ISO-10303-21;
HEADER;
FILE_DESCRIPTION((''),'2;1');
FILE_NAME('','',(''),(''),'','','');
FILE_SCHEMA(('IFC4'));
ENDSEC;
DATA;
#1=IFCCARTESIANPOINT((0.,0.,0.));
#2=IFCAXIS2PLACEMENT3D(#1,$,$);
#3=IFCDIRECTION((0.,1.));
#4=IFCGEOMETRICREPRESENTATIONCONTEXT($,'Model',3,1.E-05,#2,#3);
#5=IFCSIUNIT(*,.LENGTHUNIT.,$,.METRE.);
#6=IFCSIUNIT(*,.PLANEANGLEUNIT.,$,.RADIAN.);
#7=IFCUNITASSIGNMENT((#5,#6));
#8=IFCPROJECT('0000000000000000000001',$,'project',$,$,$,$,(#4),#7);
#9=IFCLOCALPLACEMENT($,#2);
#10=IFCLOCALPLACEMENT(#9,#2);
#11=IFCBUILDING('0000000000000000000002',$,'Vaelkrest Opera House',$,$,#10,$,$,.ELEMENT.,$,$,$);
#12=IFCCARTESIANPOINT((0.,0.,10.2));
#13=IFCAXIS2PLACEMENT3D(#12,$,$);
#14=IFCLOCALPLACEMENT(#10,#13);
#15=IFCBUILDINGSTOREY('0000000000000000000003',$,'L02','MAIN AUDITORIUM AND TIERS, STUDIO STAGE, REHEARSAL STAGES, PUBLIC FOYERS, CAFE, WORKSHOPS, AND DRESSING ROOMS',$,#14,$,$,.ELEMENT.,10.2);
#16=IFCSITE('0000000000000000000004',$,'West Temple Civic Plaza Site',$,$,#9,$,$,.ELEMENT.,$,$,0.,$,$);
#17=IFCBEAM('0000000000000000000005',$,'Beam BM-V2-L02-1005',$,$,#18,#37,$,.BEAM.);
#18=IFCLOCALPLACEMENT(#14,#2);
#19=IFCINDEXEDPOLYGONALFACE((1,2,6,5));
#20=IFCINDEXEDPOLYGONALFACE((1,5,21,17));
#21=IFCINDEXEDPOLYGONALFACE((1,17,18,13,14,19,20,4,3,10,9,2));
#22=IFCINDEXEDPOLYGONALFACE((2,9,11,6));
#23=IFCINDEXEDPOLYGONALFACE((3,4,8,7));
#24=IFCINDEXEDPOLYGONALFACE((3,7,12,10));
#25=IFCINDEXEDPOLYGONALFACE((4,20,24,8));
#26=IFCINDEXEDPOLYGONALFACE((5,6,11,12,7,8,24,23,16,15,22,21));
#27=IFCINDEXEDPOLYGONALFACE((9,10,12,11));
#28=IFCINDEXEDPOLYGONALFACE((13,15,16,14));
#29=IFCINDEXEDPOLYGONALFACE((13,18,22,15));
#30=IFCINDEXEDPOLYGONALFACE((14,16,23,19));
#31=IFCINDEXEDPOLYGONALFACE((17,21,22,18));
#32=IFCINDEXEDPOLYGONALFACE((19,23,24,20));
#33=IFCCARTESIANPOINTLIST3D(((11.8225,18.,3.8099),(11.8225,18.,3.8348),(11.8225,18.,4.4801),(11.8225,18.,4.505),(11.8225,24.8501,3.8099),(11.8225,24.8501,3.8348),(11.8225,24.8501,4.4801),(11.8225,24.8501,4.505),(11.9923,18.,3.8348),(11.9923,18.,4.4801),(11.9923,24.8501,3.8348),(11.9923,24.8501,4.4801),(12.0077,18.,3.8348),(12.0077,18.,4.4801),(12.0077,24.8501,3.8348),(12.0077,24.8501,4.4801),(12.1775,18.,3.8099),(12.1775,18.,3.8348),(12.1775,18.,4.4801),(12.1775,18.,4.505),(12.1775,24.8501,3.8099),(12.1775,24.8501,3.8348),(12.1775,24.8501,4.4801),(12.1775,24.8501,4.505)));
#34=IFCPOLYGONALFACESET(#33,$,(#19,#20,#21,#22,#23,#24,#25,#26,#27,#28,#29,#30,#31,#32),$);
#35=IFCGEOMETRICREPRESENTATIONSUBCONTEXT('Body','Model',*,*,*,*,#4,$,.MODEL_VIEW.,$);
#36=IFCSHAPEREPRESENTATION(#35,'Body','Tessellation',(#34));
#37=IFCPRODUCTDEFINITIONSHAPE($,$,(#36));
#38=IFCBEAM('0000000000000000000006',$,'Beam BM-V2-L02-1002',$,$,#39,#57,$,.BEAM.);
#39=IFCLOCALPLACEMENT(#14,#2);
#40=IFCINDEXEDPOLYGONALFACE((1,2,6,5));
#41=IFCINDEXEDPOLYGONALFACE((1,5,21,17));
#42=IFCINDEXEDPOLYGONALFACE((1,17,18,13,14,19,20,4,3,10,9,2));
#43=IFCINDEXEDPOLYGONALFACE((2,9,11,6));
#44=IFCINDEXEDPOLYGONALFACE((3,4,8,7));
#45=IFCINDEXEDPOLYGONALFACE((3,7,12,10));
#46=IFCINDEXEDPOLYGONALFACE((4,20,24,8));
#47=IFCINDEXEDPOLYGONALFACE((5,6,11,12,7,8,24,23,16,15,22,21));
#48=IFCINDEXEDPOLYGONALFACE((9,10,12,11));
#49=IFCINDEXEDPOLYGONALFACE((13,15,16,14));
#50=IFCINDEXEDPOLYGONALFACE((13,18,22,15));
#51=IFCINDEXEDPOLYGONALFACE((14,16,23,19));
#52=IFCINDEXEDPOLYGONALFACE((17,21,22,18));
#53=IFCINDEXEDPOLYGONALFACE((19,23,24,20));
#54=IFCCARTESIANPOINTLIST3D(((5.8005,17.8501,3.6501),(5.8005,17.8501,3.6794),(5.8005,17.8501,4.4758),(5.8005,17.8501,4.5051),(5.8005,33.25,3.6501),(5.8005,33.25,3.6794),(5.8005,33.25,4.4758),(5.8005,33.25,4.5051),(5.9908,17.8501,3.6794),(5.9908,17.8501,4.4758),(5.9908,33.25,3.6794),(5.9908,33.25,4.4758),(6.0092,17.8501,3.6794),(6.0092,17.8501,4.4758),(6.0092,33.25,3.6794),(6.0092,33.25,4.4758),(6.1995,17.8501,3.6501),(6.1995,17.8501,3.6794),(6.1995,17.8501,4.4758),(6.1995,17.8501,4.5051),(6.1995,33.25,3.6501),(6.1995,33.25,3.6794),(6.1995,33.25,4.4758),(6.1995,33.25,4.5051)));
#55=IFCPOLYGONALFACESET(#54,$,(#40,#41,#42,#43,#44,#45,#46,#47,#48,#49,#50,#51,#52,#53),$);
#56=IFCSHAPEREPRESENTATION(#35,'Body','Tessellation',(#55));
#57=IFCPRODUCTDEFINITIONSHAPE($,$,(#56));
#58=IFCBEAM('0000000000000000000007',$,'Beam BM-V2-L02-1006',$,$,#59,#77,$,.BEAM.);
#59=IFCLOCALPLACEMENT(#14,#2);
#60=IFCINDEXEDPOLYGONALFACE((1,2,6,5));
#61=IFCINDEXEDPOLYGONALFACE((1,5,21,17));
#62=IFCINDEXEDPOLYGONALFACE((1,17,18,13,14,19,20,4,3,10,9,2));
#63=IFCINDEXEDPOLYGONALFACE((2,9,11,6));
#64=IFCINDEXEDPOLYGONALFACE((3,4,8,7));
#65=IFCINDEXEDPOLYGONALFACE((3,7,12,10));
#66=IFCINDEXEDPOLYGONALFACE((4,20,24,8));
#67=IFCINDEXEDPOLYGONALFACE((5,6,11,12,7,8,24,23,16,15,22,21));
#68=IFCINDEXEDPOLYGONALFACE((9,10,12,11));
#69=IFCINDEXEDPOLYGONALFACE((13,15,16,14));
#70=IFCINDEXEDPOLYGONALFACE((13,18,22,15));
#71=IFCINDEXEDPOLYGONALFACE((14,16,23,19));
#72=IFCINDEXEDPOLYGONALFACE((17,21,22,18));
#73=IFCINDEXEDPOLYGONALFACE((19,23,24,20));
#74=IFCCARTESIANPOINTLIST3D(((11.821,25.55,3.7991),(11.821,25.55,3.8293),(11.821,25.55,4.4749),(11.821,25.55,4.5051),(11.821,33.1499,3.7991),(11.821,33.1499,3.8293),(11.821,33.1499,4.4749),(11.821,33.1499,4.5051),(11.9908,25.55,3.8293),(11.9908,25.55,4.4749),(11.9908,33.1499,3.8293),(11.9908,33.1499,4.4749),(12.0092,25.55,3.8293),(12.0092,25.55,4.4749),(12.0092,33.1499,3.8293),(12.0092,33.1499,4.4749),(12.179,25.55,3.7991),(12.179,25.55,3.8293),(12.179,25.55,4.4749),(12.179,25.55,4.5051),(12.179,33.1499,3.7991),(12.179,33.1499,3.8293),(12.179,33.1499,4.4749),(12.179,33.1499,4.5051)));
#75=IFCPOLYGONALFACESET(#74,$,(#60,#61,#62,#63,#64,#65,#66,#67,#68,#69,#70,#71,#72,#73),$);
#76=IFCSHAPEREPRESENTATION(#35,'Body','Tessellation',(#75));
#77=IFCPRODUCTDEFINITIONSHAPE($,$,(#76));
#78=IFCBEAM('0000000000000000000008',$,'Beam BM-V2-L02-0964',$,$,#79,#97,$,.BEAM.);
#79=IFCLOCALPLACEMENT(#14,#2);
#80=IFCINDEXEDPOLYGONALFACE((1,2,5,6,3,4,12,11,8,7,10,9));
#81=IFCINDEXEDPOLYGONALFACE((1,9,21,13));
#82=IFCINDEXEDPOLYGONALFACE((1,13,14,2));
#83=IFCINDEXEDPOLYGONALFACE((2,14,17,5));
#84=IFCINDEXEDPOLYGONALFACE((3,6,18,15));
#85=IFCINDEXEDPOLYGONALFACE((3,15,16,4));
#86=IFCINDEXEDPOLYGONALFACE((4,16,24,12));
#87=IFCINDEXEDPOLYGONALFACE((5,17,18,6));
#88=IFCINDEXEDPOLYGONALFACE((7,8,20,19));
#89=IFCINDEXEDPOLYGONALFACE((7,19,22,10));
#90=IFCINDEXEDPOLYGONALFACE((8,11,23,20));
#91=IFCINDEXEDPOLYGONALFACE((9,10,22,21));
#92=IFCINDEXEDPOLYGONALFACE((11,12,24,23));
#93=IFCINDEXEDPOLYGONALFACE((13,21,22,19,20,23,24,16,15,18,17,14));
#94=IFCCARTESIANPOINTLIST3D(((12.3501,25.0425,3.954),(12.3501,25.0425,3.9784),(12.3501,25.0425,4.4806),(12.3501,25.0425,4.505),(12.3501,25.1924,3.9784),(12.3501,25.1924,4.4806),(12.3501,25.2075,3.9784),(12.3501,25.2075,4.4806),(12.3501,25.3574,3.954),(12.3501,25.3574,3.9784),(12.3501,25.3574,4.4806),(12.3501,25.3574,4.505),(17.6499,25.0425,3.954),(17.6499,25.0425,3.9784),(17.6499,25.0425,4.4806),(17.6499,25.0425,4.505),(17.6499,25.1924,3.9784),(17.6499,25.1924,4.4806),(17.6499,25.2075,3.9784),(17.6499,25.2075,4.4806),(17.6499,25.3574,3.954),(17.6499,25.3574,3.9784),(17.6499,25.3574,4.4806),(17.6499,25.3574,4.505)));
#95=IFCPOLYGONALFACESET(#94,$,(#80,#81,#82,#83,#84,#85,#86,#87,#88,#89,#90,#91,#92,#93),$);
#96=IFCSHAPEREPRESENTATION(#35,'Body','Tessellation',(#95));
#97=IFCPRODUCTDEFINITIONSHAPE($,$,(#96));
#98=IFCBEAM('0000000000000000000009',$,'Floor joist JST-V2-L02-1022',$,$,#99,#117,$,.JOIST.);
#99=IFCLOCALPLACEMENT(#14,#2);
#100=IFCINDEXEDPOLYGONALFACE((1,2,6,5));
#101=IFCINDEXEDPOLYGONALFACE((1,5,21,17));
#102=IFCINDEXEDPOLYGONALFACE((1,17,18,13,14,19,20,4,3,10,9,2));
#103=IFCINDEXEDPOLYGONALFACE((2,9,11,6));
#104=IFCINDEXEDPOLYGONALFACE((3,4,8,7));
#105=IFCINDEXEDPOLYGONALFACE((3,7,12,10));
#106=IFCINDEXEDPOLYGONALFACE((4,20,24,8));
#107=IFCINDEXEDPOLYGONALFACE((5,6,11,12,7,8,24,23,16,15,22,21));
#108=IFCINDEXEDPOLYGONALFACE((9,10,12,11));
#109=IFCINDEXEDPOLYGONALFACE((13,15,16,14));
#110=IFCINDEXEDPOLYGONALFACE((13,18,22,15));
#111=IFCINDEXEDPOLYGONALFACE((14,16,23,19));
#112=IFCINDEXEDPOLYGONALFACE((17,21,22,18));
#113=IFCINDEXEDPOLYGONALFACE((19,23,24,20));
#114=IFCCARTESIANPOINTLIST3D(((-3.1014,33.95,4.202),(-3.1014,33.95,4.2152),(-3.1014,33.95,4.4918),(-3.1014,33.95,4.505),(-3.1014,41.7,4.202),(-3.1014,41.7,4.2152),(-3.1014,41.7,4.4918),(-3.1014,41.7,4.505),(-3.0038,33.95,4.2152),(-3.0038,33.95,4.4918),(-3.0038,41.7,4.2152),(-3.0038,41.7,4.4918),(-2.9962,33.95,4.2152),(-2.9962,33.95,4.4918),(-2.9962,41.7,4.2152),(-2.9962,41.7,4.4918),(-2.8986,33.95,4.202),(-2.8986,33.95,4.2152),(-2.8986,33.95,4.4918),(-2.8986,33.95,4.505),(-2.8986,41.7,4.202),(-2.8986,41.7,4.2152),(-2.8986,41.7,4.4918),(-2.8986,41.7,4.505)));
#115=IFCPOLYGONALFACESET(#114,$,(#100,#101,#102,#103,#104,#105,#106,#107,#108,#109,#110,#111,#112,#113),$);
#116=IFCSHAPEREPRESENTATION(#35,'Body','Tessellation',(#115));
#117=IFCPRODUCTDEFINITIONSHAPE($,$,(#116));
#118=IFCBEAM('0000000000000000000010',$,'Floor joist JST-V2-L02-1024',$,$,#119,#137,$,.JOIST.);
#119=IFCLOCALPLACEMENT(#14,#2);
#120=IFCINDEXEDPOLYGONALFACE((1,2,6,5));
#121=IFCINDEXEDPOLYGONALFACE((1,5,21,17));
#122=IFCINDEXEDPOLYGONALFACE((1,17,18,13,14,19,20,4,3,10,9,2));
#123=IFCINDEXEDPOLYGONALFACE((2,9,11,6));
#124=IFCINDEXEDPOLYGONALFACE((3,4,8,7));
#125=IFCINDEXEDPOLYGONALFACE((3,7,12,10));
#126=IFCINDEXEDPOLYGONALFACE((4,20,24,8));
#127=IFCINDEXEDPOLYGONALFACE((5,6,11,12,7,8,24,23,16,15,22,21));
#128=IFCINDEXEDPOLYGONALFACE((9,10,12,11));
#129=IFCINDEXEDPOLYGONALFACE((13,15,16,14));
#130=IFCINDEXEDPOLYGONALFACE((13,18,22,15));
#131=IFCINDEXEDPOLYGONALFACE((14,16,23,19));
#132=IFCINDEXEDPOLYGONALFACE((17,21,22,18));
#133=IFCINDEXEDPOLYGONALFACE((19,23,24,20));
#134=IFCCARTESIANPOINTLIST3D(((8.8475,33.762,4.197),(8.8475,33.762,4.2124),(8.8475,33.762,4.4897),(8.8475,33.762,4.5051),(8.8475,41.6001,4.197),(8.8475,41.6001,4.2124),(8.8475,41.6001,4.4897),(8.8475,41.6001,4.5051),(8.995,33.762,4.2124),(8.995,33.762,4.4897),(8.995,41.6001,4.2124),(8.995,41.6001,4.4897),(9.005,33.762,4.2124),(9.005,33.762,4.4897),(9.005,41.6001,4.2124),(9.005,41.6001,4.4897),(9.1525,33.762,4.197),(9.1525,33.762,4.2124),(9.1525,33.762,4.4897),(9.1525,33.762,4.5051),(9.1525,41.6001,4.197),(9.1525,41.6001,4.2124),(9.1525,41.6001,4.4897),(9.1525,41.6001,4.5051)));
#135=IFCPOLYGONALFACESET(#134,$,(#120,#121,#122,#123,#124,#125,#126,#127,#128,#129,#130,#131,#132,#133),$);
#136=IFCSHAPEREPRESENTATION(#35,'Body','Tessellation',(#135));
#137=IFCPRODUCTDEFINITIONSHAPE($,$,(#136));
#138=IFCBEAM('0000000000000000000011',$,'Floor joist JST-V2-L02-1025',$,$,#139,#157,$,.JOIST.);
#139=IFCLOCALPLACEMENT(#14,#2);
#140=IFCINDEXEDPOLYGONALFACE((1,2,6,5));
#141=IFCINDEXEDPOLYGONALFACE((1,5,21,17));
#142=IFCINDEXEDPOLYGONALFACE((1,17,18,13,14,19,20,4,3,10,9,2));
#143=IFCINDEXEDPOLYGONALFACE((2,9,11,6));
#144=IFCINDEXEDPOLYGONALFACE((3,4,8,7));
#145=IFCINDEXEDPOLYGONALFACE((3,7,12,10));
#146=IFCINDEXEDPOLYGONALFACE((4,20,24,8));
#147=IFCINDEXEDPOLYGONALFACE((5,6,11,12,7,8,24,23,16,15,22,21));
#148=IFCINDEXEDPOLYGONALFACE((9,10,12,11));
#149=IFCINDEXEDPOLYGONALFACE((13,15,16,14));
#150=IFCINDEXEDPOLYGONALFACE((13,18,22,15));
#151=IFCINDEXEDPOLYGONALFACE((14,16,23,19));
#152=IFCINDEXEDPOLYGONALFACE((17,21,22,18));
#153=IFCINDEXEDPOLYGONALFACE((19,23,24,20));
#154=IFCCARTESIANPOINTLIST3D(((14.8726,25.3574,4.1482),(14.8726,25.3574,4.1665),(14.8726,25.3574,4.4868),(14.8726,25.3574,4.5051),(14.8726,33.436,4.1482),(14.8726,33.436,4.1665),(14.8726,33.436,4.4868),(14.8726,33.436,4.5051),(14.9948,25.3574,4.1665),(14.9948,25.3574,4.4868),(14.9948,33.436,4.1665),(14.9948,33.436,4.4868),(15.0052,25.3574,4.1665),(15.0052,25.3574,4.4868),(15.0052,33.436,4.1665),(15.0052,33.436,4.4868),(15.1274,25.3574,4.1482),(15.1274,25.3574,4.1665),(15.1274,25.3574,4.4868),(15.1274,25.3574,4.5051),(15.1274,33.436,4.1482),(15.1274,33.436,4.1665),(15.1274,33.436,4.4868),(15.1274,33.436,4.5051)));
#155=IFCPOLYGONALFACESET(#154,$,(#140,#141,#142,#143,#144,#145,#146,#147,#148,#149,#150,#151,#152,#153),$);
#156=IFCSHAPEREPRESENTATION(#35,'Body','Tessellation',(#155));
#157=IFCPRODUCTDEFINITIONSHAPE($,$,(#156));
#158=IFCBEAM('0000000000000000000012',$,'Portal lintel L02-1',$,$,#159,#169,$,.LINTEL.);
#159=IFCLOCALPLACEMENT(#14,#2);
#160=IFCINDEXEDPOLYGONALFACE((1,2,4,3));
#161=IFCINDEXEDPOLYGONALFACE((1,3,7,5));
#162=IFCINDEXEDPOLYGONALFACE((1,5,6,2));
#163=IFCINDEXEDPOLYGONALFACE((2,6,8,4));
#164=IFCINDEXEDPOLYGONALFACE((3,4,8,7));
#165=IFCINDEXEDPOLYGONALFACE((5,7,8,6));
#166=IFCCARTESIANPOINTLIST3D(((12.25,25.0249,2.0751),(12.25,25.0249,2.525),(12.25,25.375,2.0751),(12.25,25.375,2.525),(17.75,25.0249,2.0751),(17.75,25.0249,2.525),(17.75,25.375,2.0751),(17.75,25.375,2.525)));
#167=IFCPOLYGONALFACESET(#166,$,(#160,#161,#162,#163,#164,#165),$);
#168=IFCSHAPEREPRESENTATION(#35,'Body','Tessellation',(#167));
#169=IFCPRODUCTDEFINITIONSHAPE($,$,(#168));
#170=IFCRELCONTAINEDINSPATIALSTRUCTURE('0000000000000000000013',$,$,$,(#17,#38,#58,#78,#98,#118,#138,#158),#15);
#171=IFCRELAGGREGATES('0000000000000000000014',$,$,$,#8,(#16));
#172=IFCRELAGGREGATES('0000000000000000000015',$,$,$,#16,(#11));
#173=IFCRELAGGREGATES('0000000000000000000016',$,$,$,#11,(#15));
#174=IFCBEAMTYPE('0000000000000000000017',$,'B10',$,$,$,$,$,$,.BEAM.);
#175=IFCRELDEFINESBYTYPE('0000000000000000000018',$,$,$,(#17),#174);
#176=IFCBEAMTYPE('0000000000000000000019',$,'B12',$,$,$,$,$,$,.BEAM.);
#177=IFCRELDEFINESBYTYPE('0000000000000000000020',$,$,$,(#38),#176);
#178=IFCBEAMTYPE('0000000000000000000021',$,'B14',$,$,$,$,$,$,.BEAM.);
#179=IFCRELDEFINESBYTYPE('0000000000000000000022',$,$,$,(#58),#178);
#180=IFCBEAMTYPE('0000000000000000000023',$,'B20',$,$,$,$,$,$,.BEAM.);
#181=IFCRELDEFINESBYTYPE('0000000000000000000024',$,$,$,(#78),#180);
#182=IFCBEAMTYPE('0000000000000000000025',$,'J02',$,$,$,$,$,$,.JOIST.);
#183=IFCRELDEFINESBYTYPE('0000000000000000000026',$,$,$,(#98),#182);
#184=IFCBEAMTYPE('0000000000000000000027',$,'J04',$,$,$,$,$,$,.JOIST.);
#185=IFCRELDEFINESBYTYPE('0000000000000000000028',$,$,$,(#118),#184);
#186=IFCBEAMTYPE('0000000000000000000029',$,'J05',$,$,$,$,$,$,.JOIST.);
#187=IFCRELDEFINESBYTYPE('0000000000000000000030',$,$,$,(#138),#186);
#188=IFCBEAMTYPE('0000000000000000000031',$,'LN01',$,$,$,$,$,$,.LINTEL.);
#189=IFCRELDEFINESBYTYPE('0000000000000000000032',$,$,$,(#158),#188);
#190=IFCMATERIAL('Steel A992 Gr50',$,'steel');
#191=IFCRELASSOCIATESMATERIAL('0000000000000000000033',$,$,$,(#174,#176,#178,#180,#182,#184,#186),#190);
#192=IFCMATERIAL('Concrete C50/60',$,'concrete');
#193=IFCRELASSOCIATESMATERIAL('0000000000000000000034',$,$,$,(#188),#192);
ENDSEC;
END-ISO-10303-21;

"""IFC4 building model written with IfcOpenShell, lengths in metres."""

from ifc_helpers import new_model, si_unit, direction, frame, origin, origin_2d, place, context, subcontext, project, spatial, rectangle, i_section, extrude, material, material_profile, profile_set, type_object, element, save


model = new_model("IFC4")

# Units and contexts
model_context = context("Model", 3, precision=1e-05, world=origin(), true_north=direction((0.0, 1.0)))
body_context = subcontext(model_context, "Body", "Model", "MODEL_VIEW")
ifc_project = project(units=[si_unit("LENGTHUNIT", "METRE"), si_unit("PLANEANGLEUNIT", "RADIAN")], contexts=[model_context])

# Site, building, storey
site_placement = place(None, origin())
site = spatial("IfcSite", under=ifc_project, at=site_placement, Name="West Temple Civic Plaza Site", CompositionType="ELEMENT", RefElevation=0.0)
building_placement = place(site_placement, origin())
building = spatial("IfcBuilding", under=site, at=building_placement, Name="Vaelkrest Opera House", CompositionType="ELEMENT")
storey_placement = place(building_placement, frame((0.0, 0.0, 10.2)))
storey = spatial("IfcBuildingStorey", under=building, at=storey_placement, Name="L02", Description="MAIN AUDITORIUM AND TIERS, STUDIO STAGE, REHEARSAL STAGES, PUBLIC FOYERS, CAFE, WORKSHOPS, AND DRESSING ROOMS", CompositionType="ELEMENT", Elevation=10.2)

# Shared definitions
ifc_material_1 = material(Name="Concrete C50/60", Category="concrete")

# Beams
ifc_material_2 = material(Name="Steel A992 Gr50", Category="steel")
ifc_material_profile_1 = material_profile(ifc_material_2, i_section(OverallWidth=0.355, OverallDepth=0.6951, WebThickness=0.0154, FlangeThickness=0.0249, at=origin_2d()), Name="W27X146")
ifc_profile_set_1 = profile_set([ifc_material_profile_1], Name="Steel A992 Gr50")
beam_type_1 = type_object("IfcBeamType", Name="B10", PredefinedType="BEAM", material=ifc_profile_set_1)
beam_1_placement = place(storey_placement, frame((12.0, 18.0, 4.1575), z_axis=(0.0, 1.0, 0.0), x_axis=(-1.0, 0.0, 0.0)))
element("IfcBeam", 1, at=beam_1_placement, inside=storey, type_object=beam_type_1, Name="Beam BM-V2-L02-1005", PredefinedType="BEAM", context=body_context, shape_type="SweptSolid", body=[
    extrude(i_section(OverallWidth=0.355, OverallDepth=0.6951, WebThickness=0.0154, FlangeThickness=0.0249, at=origin_2d()), origin(), (0.0, 0.0, 1.0), 6.8501),
])
ifc_material_profile_2 = material_profile(ifc_material_2, i_section(OverallWidth=0.3989, OverallDepth=0.855, WebThickness=0.0183, FlangeThickness=0.0293, at=origin_2d()), Name="W33X201")
ifc_profile_set_2 = profile_set([ifc_material_profile_2], Name="Steel A992 Gr50")
beam_type_2 = type_object("IfcBeamType", Name="B12", PredefinedType="BEAM", material=ifc_profile_set_2)
beam_2_placement = place(storey_placement, frame((6.0, 17.8501, 4.0776), z_axis=(0.0, 1.0, 0.0), x_axis=(-1.0, 0.0, 0.0)))
element("IfcBeam", 2, at=beam_2_placement, inside=storey, type_object=beam_type_2, Name="Beam BM-V2-L02-1002", PredefinedType="BEAM", context=body_context, shape_type="SweptSolid", body=[
    extrude(i_section(OverallWidth=0.3989, OverallDepth=0.855, WebThickness=0.0183, FlangeThickness=0.0293, at=origin_2d()), origin(), (0.0, 0.0, 1.0), 15.3999),
])
ifc_material_profile_3 = material_profile(ifc_material_2, i_section(OverallWidth=0.3579, OverallDepth=0.7061, WebThickness=0.0183, FlangeThickness=0.0303, at=origin_2d()), Name="W27X178")
ifc_profile_set_3 = profile_set([ifc_material_profile_3], Name="Steel A992 Gr50")
beam_type_3 = type_object("IfcBeamType", Name="B14", PredefinedType="BEAM", material=ifc_profile_set_3)
beam_3_placement = place(storey_placement, frame((12.0, 25.55, 4.1521), z_axis=(0.0, 1.0, 0.0), x_axis=(-1.0, 0.0, 0.0)))
element("IfcBeam", 3, at=beam_3_placement, inside=storey, type_object=beam_type_3, Name="Beam BM-V2-L02-1006", PredefinedType="BEAM", context=body_context, shape_type="SweptSolid", body=[
    extrude(i_section(OverallWidth=0.3579, OverallDepth=0.7061, WebThickness=0.0183, FlangeThickness=0.0303, at=origin_2d()), origin(), (0.0, 0.0, 1.0), 7.5999),
])
ifc_material_profile_4 = material_profile(ifc_material_2, i_section(OverallWidth=0.3149, OverallDepth=0.551, WebThickness=0.0151, FlangeThickness=0.0244, at=origin_2d()), Name="W21X122")
ifc_profile_set_4 = profile_set([ifc_material_profile_4], Name="Steel A992 Gr50")
beam_type_4 = type_object("IfcBeamType", Name="B20", PredefinedType="BEAM", material=ifc_profile_set_4)
beam_4_placement = place(storey_placement, frame((12.3501, 25.2, 4.2295), z_axis=(1.0, 0.0, 0.0), x_axis=(0.0, 1.0, 0.0)))
element("IfcBeam", 4, at=beam_4_placement, inside=storey, type_object=beam_type_4, Name="Beam BM-V2-L02-0964", PredefinedType="BEAM", context=body_context, shape_type="SweptSolid", body=[
    extrude(i_section(OverallWidth=0.3149, OverallDepth=0.551, WebThickness=0.0151, FlangeThickness=0.0244, at=origin_2d()), origin(), (0.0, 0.0, 1.0), 5.2998),
])
ifc_material_profile_5 = material_profile(ifc_material_2, i_section(OverallWidth=0.2029, OverallDepth=0.303, WebThickness=0.0076, FlangeThickness=0.0132, at=origin_2d()), Name="W12X40")
ifc_profile_set_5 = profile_set([ifc_material_profile_5], Name="Steel A992 Gr50")
beam_type_5 = type_object("IfcBeamType", Name="J02", PredefinedType="JOIST", material=ifc_profile_set_5)
beam_5_placement = place(storey_placement, frame((-3.0, 33.95, 4.3535), z_axis=(0.0, 1.0, 0.0), x_axis=(-1.0, 0.0, 0.0)))
element("IfcBeam", 5, at=beam_5_placement, inside=storey, type_object=beam_type_5, Name="Floor joist JST-V2-L02-1022", PredefinedType="JOIST", context=body_context, shape_type="SweptSolid", body=[
    extrude(i_section(OverallWidth=0.2029, OverallDepth=0.303, WebThickness=0.0076, FlangeThickness=0.0132, at=origin_2d()), origin(), (0.0, 0.0, 1.0), 7.75),
])
ifc_material_profile_6 = material_profile(ifc_material_2, i_section(OverallWidth=0.3049, OverallDepth=0.3081, WebThickness=0.01, FlangeThickness=0.0154, at=origin_2d()), Name="W12X65")
ifc_profile_set_6 = profile_set([ifc_material_profile_6], Name="Steel A992 Gr50")
beam_type_6 = type_object("IfcBeamType", Name="J04", PredefinedType="JOIST", material=ifc_profile_set_6)
beam_6_placement = place(storey_placement, frame((9.0, 33.762, 4.3511), z_axis=(0.0, 1.0, 0.0), x_axis=(-1.0, 0.0, 0.0)))
element("IfcBeam", 6, at=beam_6_placement, inside=storey, type_object=beam_type_6, Name="Floor joist JST-V2-L02-1024", PredefinedType="JOIST", context=body_context, shape_type="SweptSolid", body=[
    extrude(i_section(OverallWidth=0.3049, OverallDepth=0.3081, WebThickness=0.01, FlangeThickness=0.0154, at=origin_2d()), origin(), (0.0, 0.0, 1.0), 7.8381),
])
ifc_material_profile_7 = material_profile(ifc_material_2, i_section(OverallWidth=0.2549, OverallDepth=0.3569, WebThickness=0.0105, FlangeThickness=0.0183, at=origin_2d()), Name="W14X68")
ifc_profile_set_7 = profile_set([ifc_material_profile_7], Name="Steel A992 Gr50")
beam_type_7 = type_object("IfcBeamType", Name="J05", PredefinedType="JOIST", material=ifc_profile_set_7)
beam_7_placement = place(storey_placement, frame((15.0, 25.3574, 4.3267), z_axis=(0.0, 1.0, 0.0), x_axis=(-1.0, 0.0, 0.0)))
element("IfcBeam", 7, at=beam_7_placement, inside=storey, type_object=beam_type_7, Name="Floor joist JST-V2-L02-1025", PredefinedType="JOIST", context=body_context, shape_type="SweptSolid", body=[
    extrude(i_section(OverallWidth=0.2549, OverallDepth=0.3569, WebThickness=0.0105, FlangeThickness=0.0183, at=origin_2d()), origin(), (0.0, 0.0, 1.0), 8.0786),
])
ifc_material_profile_8 = material_profile(ifc_material_1, rectangle(XDim=0.3501, YDim=0.45, at=origin_2d()), Name="RCB350X450")
ifc_profile_set_8 = profile_set([ifc_material_profile_8], Name="Concrete C50/60")
beam_type_8 = type_object("IfcBeamType", Name="LN01", PredefinedType="LINTEL", material=ifc_profile_set_8)
beam_8_placement = place(storey_placement, frame((12.25, 25.2, 2.3), z_axis=(1.0, 0.0, 0.0), x_axis=(0.0, 1.0, 0.0)))
element("IfcBeam", 8, at=beam_8_placement, inside=storey, type_object=beam_type_8, Name="Portal lintel L02-1", PredefinedType="LINTEL", context=body_context, shape_type="SweptSolid", body=[
    extrude(rectangle(XDim=0.3501, YDim=0.45, at=origin_2d()), origin(), (0.0, 0.0, 1.0), 5.5),
])

save(model, "model.ifc")
